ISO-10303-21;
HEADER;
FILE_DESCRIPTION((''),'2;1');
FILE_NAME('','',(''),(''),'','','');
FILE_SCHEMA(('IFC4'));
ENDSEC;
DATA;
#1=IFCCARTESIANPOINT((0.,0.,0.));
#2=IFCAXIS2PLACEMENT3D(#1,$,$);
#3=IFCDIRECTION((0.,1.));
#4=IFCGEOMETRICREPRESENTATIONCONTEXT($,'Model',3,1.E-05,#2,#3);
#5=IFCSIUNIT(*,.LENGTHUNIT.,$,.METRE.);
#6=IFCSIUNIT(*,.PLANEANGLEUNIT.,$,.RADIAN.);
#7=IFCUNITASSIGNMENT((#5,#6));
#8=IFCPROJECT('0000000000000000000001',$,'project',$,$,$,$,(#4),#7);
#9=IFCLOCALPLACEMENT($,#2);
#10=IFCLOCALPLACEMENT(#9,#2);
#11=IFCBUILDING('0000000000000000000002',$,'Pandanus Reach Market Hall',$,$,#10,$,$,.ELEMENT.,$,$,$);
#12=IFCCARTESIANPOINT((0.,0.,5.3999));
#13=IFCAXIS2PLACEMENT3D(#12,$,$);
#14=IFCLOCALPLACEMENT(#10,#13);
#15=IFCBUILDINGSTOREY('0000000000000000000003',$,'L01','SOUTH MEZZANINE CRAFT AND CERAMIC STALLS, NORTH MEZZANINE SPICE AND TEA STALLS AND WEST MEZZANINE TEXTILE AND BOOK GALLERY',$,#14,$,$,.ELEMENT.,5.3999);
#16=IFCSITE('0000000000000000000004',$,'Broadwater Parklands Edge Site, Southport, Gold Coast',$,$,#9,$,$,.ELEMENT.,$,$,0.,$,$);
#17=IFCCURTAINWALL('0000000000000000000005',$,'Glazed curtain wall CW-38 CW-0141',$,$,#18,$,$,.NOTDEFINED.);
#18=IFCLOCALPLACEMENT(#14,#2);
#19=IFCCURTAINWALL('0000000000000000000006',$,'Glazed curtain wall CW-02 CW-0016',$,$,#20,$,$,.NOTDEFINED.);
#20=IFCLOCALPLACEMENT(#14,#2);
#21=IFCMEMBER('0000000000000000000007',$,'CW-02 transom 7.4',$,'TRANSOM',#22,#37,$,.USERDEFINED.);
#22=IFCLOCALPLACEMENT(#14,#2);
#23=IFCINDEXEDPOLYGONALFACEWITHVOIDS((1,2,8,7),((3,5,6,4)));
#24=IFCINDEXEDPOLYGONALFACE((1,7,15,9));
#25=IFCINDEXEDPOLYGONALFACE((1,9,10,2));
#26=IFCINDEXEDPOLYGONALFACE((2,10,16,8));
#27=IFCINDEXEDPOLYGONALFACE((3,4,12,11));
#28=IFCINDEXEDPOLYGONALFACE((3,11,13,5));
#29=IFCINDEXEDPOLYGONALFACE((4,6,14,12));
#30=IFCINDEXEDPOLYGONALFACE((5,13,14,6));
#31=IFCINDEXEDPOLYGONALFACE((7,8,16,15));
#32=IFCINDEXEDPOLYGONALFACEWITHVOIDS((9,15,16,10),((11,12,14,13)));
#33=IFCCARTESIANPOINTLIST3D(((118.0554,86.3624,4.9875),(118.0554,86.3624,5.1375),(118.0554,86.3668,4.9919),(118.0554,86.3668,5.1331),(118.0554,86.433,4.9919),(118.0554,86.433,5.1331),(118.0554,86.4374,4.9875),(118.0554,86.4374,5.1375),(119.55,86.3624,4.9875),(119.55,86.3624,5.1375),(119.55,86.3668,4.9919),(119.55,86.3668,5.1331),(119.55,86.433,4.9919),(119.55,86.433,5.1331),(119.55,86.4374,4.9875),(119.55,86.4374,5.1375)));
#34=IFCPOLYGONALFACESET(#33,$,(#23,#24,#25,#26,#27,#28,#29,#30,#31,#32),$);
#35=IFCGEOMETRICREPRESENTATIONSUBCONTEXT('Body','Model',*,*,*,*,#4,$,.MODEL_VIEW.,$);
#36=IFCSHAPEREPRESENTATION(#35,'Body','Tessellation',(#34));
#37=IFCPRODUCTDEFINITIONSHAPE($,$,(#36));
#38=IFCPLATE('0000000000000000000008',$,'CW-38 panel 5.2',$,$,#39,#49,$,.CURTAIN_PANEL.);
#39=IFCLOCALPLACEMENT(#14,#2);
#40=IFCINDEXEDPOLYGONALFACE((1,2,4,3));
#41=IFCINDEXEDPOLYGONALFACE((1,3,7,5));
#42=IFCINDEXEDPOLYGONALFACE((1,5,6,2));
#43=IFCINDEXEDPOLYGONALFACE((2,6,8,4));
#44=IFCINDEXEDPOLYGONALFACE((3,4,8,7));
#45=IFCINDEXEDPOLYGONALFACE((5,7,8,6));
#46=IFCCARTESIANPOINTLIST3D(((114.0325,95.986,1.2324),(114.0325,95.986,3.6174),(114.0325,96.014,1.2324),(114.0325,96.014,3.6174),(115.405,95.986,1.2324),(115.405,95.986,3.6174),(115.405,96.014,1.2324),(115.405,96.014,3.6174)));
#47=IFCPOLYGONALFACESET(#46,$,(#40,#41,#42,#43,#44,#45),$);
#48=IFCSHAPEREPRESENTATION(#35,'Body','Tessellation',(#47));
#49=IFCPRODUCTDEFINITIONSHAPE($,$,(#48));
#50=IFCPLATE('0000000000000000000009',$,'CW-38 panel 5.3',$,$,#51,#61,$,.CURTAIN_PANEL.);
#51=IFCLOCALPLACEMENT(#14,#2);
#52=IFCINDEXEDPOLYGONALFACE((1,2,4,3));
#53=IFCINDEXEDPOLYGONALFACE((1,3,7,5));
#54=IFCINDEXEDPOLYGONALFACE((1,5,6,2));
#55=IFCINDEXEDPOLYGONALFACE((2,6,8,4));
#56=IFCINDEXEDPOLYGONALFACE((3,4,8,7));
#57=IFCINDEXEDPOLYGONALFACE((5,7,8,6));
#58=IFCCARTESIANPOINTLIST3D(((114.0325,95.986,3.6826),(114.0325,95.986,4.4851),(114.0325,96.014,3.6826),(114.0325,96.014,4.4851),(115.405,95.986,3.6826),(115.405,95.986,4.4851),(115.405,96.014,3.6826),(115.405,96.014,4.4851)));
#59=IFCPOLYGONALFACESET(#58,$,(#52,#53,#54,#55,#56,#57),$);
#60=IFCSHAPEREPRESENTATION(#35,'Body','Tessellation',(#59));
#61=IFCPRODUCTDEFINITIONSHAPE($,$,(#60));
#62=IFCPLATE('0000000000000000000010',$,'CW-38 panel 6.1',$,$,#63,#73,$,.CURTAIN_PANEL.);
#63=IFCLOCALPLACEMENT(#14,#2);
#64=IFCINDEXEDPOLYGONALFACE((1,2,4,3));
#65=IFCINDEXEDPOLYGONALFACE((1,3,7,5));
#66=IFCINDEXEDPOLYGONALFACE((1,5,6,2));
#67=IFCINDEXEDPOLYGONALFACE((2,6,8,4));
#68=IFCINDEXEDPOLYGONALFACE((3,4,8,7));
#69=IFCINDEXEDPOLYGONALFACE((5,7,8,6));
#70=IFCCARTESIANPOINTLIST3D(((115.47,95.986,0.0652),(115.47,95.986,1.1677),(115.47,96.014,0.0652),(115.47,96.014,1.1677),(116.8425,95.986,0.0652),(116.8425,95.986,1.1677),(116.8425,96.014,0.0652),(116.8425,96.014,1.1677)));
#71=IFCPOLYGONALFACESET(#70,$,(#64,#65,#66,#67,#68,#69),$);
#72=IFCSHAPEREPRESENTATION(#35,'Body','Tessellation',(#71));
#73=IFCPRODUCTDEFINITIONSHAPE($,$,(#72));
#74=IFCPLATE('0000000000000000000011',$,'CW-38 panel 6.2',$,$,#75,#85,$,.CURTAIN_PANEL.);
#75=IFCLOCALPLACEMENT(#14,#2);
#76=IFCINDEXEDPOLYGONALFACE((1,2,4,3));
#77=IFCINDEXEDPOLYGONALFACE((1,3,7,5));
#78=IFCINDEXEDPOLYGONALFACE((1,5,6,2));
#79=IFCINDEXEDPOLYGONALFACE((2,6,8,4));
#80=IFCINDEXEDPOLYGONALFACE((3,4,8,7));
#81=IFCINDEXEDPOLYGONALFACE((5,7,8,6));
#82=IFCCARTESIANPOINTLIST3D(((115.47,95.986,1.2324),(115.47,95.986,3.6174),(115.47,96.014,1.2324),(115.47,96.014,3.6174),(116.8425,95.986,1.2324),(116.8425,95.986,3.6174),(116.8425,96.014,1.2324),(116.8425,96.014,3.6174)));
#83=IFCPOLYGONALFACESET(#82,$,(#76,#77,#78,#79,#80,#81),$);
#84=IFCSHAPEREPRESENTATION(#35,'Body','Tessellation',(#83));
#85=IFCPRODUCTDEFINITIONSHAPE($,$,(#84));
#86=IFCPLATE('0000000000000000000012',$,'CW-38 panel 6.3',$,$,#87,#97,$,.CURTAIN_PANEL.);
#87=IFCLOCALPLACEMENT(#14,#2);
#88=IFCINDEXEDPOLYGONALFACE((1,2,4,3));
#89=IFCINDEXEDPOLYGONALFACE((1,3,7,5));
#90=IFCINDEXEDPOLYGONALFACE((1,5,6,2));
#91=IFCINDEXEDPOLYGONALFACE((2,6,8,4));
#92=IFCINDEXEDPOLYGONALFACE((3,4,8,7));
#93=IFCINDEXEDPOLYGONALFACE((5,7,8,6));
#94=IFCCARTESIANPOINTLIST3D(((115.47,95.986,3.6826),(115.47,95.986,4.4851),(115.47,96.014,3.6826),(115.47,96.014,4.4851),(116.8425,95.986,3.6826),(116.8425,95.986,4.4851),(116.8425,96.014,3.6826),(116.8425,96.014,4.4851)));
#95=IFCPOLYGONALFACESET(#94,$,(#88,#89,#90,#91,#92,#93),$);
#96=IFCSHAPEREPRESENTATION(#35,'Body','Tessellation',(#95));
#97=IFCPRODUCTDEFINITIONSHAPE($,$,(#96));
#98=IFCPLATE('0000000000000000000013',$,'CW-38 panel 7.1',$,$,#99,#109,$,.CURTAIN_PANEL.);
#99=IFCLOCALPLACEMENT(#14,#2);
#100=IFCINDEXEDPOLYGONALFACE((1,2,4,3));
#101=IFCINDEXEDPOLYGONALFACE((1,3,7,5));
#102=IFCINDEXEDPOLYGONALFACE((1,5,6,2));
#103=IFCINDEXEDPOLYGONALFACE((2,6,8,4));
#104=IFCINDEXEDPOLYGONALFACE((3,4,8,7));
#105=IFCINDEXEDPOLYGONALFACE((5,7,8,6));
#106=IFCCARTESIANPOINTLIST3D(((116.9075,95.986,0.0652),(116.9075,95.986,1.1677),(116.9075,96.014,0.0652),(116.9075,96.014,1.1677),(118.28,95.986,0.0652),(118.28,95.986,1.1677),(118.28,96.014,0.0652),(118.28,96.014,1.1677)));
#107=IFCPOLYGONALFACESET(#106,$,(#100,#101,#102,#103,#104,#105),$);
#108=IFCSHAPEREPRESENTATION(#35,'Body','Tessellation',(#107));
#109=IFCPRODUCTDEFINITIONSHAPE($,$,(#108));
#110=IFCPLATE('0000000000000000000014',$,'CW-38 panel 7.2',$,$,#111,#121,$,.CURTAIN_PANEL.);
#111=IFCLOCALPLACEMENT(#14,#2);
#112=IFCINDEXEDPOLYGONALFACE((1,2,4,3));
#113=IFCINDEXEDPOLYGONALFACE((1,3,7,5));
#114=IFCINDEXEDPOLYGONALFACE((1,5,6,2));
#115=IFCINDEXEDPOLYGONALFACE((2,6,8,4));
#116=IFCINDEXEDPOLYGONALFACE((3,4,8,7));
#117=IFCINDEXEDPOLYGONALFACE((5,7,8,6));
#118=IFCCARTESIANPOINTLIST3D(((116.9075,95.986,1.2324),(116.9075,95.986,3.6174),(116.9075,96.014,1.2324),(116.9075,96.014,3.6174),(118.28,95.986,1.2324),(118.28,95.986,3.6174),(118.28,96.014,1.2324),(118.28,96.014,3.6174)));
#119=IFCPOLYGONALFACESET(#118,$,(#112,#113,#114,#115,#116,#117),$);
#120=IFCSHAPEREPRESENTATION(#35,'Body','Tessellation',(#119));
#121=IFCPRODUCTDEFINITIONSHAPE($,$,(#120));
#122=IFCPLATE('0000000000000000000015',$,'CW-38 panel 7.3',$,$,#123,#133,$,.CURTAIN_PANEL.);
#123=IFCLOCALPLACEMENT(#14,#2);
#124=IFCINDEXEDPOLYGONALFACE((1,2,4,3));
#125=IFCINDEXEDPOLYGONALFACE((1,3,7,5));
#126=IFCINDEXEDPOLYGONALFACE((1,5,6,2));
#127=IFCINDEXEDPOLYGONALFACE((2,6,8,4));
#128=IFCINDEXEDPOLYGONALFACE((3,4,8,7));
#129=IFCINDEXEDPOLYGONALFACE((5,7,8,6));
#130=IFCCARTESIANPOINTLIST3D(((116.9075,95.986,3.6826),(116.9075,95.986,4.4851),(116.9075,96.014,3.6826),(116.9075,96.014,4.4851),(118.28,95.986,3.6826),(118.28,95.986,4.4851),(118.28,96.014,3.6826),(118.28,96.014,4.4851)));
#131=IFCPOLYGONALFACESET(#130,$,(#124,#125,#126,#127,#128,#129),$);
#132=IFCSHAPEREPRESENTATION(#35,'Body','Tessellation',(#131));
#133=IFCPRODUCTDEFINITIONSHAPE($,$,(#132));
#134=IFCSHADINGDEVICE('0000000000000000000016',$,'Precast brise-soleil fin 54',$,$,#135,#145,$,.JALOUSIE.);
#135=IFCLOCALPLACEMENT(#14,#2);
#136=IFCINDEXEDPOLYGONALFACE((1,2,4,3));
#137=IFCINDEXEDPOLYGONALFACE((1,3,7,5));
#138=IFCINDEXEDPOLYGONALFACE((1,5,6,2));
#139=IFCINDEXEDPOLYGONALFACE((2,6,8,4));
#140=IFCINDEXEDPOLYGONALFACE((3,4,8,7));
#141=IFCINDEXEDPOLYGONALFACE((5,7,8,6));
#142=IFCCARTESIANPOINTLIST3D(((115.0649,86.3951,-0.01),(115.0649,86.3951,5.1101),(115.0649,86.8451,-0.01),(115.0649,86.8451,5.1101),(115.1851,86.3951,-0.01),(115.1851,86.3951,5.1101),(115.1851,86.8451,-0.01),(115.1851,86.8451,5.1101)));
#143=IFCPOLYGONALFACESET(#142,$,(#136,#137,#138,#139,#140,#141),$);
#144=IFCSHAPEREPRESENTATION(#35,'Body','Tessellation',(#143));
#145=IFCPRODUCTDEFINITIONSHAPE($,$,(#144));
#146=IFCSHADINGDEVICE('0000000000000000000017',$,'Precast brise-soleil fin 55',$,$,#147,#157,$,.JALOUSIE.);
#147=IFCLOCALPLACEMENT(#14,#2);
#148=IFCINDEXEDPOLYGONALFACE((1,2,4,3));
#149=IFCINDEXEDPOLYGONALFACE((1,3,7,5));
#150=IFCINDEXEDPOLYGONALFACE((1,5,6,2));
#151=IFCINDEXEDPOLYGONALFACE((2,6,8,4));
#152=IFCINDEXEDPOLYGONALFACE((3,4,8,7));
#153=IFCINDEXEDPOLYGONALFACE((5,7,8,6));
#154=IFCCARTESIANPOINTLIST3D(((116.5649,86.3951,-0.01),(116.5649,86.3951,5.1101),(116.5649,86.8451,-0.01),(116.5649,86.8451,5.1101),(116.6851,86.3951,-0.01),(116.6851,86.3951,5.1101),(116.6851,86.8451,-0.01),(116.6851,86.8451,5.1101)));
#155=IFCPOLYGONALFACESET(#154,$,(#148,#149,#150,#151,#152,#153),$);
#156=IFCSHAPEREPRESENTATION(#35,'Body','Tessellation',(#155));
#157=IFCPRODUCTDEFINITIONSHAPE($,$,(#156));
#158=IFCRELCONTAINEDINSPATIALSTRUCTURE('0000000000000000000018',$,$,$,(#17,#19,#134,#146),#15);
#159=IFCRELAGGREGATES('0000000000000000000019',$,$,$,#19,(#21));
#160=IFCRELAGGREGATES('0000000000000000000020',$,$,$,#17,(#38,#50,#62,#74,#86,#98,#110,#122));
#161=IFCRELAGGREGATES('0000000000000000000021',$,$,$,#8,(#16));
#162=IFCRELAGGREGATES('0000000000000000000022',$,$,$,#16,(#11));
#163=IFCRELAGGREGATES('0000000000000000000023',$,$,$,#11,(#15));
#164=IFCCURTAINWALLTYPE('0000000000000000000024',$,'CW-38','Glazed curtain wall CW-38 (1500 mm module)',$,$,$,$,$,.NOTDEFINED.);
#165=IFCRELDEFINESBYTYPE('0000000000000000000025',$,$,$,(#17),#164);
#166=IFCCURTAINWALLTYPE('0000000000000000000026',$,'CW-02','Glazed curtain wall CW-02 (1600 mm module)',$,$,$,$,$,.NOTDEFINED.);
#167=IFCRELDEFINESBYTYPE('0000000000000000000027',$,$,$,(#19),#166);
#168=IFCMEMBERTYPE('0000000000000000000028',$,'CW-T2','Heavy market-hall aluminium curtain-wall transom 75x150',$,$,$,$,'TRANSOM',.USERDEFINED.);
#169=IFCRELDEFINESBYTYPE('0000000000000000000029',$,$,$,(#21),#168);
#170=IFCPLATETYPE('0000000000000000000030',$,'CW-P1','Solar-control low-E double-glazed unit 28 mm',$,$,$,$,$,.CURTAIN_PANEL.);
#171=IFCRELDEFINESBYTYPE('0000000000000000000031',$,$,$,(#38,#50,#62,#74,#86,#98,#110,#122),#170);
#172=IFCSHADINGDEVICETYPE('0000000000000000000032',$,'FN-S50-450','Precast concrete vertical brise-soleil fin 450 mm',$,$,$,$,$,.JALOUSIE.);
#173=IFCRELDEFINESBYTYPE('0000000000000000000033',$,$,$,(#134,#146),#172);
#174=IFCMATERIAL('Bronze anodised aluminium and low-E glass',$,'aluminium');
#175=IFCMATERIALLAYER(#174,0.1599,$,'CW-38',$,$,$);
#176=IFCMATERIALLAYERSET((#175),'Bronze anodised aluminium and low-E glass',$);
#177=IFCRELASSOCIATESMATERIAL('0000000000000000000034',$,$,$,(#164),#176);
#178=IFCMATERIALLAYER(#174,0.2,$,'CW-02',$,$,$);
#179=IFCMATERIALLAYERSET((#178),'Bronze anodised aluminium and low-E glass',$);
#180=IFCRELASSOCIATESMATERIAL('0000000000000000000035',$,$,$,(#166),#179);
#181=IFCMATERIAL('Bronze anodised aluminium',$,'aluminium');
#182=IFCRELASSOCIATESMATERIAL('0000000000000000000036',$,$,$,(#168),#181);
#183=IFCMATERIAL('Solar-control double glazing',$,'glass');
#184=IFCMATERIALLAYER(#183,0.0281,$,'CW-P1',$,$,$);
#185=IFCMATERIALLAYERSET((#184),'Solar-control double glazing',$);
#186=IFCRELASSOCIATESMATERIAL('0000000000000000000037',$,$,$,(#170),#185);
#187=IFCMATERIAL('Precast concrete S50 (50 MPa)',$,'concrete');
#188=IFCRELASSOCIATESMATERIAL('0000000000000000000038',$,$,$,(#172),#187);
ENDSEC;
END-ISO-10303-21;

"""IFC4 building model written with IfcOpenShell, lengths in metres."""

from ifc_helpers import new_model, si_unit, direction, frame, origin, origin_2d, place, context, subcontext, project, spatial, rectangle, hollow_rectangle, extrude, material, layer, layer_set, material_profile, profile_set, type_object, element, aggregate, save


model = new_model("IFC4")

# Units and contexts
model_context = context("Model", 3, precision=1e-05, world=origin(), true_north=direction((0.0, 1.0)))
body_context = subcontext(model_context, "Body", "Model", "MODEL_VIEW")
ifc_project = project(units=[si_unit("LENGTHUNIT", "METRE"), si_unit("PLANEANGLEUNIT", "RADIAN")], contexts=[model_context])

# Site, building, storey
site_placement = place(None, origin())
site = spatial("IfcSite", under=ifc_project, at=site_placement, Name="Broadwater Parklands Edge Site, Southport, Gold Coast", CompositionType="ELEMENT", RefElevation=0.0)
building_placement = place(site_placement, origin())
building = spatial("IfcBuilding", under=site, at=building_placement, Name="Pandanus Reach Market Hall", CompositionType="ELEMENT")
storey_placement = place(building_placement, frame((0.0, 0.0, 5.3999)))
storey = spatial("IfcBuildingStorey", under=building, at=storey_placement, Name="L01", Description="SOUTH MEZZANINE CRAFT AND CERAMIC STALLS, NORTH MEZZANINE SPICE AND TEA STALLS AND WEST MEZZANINE TEXTILE AND BOOK GALLERY", CompositionType="ELEMENT", Elevation=5.3999)

# Curtain wall
ifc_material_1 = material(Name="Bronze anodised aluminium and low-E glass", Category="aluminium")
ifc_layer_1 = layer(ifc_material_1, 0.1599, Name="CW-38")
ifc_layer_set_1 = layer_set([ifc_layer_1], Name="Bronze anodised aluminium and low-E glass")
curtain_wall_type_1 = type_object("IfcCurtainWallType", Name="CW-38", Description="Glazed curtain wall CW-38 (1500 mm module)", PredefinedType="NOTDEFINED", material=ifc_layer_set_1)
curtain_wall_1_placement = place(storey_placement, origin())
curtain_wall_1 = element("IfcCurtainWall", 1, at=curtain_wall_1_placement, inside=storey, type_object=curtain_wall_type_1, Name="Glazed curtain wall CW-38 CW-0141", PredefinedType="NOTDEFINED")
ifc_material_2 = material(Name="Bronze anodised aluminium", Category="aluminium")

# Curtain wall, member
ifc_layer_2 = layer(ifc_material_1, 0.2, Name="CW-02")
ifc_layer_set_2 = layer_set([ifc_layer_2], Name="Bronze anodised aluminium and low-E glass")
curtain_wall_type_2 = type_object("IfcCurtainWallType", Name="CW-02", Description="Glazed curtain wall CW-02 (1600 mm module)", PredefinedType="NOTDEFINED", material=ifc_layer_set_2)
curtain_wall_2_placement = place(storey_placement, origin())
curtain_wall_2 = element("IfcCurtainWall", 2, at=curtain_wall_2_placement, inside=storey, type_object=curtain_wall_type_2, Name="Glazed curtain wall CW-02 CW-0016", PredefinedType="NOTDEFINED")
ifc_material_profile_1 = material_profile(ifc_material_2, hollow_rectangle(XDim=0.075, YDim=0.1499, WallThickness=0.0044, at=origin_2d()), Name="ALU75x150", Category="LoadBearing")
ifc_profile_set_1 = profile_set([ifc_material_profile_1], Name="Bronze anodised aluminium")
member_type_1 = type_object("IfcMemberType", Name="CW-T2", Description="Heavy market-hall aluminium curtain-wall transom 75x150", ElementType="TRANSOM", PredefinedType="USERDEFINED", material=ifc_profile_set_1)
member_1_placement = place(storey_placement, frame((118.0554, 86.3999, 5.0625), z_axis=(1.0, 0.0, 0.0), x_axis=(0.0, 1.0, 0.0)))
member_1 = element("IfcMember", 3, at=member_1_placement, type_object=member_type_1, Name="CW-02 transom 7.4", ObjectType="TRANSOM", PredefinedType="USERDEFINED", context=body_context, shape_type="SweptSolid", body=[
    extrude(hollow_rectangle(XDim=0.075, YDim=0.1499, WallThickness=0.0044, at=origin_2d()), origin(), (0.0, 0.0, 1.0), 1.4946),
])
aggregate(curtain_wall_2, [member_1])

# Plates
ifc_material_3 = material(Name="Solar-control double glazing", Category="glass")
ifc_layer_3 = layer(ifc_material_3, 0.0281, Name="CW-P1")
ifc_layer_set_3 = layer_set([ifc_layer_3], Name="Solar-control double glazing")
plate_type = type_object("IfcPlateType", Name="CW-P1", Description="Solar-control low-E double-glazed unit 28 mm", PredefinedType="CURTAIN_PANEL", material=ifc_layer_set_3)
plate_1_placement = place(storey_placement, frame((114.7188, 96.0, 1.2324), z_axis=(0.0, 0.0, 1.0), x_axis=(1.0, 0.0, 0.0)))
plate_1 = element("IfcPlate", 4, at=plate_1_placement, type_object=plate_type, Name="CW-38 panel 5.2", PredefinedType="CURTAIN_PANEL", context=body_context, shape_type="SweptSolid", body=[
    extrude(rectangle(XDim=1.3726, YDim=0.0281, at=origin_2d()), origin(), (0.0, 0.0, 1.0), 2.385),
])
plate_2_placement = place(storey_placement, frame((114.7188, 96.0, 3.6826), z_axis=(0.0, 0.0, 1.0), x_axis=(1.0, 0.0, 0.0)))
plate_2 = element("IfcPlate", 5, at=plate_2_placement, type_object=plate_type, Name="CW-38 panel 5.3", PredefinedType="CURTAIN_PANEL", context=body_context, shape_type="SweptSolid", body=[
    extrude(rectangle(XDim=1.3726, YDim=0.0281, at=origin_2d()), origin(), (0.0, 0.0, 1.0), 0.8025),
])
plate_3_placement = place(storey_placement, frame((116.1562, 96.0, 0.0652), z_axis=(0.0, 0.0, 1.0), x_axis=(1.0, 0.0, 0.0)))
plate_3 = element("IfcPlate", 6, at=plate_3_placement, type_object=plate_type, Name="CW-38 panel 6.1", PredefinedType="CURTAIN_PANEL", context=body_context, shape_type="SweptSolid", body=[
    extrude(rectangle(XDim=1.3726, YDim=0.0281, at=origin_2d()), origin(), (0.0, 0.0, 1.0), 1.1025),
])
plate_4_placement = place(storey_placement, frame((116.1562, 96.0, 1.2324), z_axis=(0.0, 0.0, 1.0), x_axis=(1.0, 0.0, 0.0)))
plate_4 = element("IfcPlate", 7, at=plate_4_placement, type_object=plate_type, Name="CW-38 panel 6.2", PredefinedType="CURTAIN_PANEL", context=body_context, shape_type="SweptSolid", body=[
    extrude(rectangle(XDim=1.3726, YDim=0.0281, at=origin_2d()), origin(), (0.0, 0.0, 1.0), 2.385),
])
plate_5_placement = place(storey_placement, frame((116.1562, 96.0, 3.6826), z_axis=(0.0, 0.0, 1.0), x_axis=(1.0, 0.0, 0.0)))
plate_5 = element("IfcPlate", 8, at=plate_5_placement, type_object=plate_type, Name="CW-38 panel 6.3", PredefinedType="CURTAIN_PANEL", context=body_context, shape_type="SweptSolid", body=[
    extrude(rectangle(XDim=1.3726, YDim=0.0281, at=origin_2d()), origin(), (0.0, 0.0, 1.0), 0.8025),
])
plate_6_placement = place(storey_placement, frame((117.5938, 96.0, 0.0652), z_axis=(0.0, 0.0, 1.0), x_axis=(1.0, 0.0, 0.0)))
plate_6 = element("IfcPlate", 9, at=plate_6_placement, type_object=plate_type, Name="CW-38 panel 7.1", PredefinedType="CURTAIN_PANEL", context=body_context, shape_type="SweptSolid", body=[
    extrude(rectangle(XDim=1.3726, YDim=0.0281, at=origin_2d()), origin(), (0.0, 0.0, 1.0), 1.1025),
])
plate_7_placement = place(storey_placement, frame((117.5938, 96.0, 1.2324), z_axis=(0.0, 0.0, 1.0), x_axis=(1.0, 0.0, 0.0)))
plate_7 = element("IfcPlate", 10, at=plate_7_placement, type_object=plate_type, Name="CW-38 panel 7.2", PredefinedType="CURTAIN_PANEL", context=body_context, shape_type="SweptSolid", body=[
    extrude(rectangle(XDim=1.3726, YDim=0.0281, at=origin_2d()), origin(), (0.0, 0.0, 1.0), 2.385),
])
plate_8_placement = place(storey_placement, frame((117.5938, 96.0, 3.6826), z_axis=(0.0, 0.0, 1.0), x_axis=(1.0, 0.0, 0.0)))
plate_8 = element("IfcPlate", 11, at=plate_8_placement, type_object=plate_type, Name="CW-38 panel 7.3", PredefinedType="CURTAIN_PANEL", context=body_context, shape_type="SweptSolid", body=[
    extrude(rectangle(XDim=1.3726, YDim=0.0281, at=origin_2d()), origin(), (0.0, 0.0, 1.0), 0.8025),
])
aggregate(curtain_wall_1, [plate_1, plate_2, plate_3, plate_4, plate_5, plate_6, plate_7, plate_8])

# Shading devices
ifc_material_4 = material(Name="Precast concrete S50 (50 MPa)", Category="concrete")
shading_device_type = type_object("IfcShadingDeviceType", Name="FN-S50-450", Description="Precast concrete vertical brise-soleil fin 450 mm", PredefinedType="JALOUSIE", material=ifc_material_4)
for number, where, z_axis, x_axis, name in (
    (12, (115.125, 86.6201, -0.01), (0.0, 0.0, 1.0), (0.0, 1.0, 0.0), "Precast brise-soleil fin 54"),
    (13, (116.625, 86.6201, -0.01), (0.0, 0.0, 1.0), (0.0, 1.0, 0.0), "Precast brise-soleil fin 55"),
):
    element("IfcShadingDevice", number, at=place(storey_placement, frame(where, z_axis=z_axis, x_axis=x_axis)), inside=storey, type_object=shading_device_type, Name=name, PredefinedType="JALOUSIE", context=body_context, shape_type="SweptSolid", body=[
        extrude(rectangle(XDim=0.45, YDim=0.1201, at=origin_2d()), origin(), (0.0, 0.0, 1.0), 5.1201),
    ])

save(model, "model.ifc")
